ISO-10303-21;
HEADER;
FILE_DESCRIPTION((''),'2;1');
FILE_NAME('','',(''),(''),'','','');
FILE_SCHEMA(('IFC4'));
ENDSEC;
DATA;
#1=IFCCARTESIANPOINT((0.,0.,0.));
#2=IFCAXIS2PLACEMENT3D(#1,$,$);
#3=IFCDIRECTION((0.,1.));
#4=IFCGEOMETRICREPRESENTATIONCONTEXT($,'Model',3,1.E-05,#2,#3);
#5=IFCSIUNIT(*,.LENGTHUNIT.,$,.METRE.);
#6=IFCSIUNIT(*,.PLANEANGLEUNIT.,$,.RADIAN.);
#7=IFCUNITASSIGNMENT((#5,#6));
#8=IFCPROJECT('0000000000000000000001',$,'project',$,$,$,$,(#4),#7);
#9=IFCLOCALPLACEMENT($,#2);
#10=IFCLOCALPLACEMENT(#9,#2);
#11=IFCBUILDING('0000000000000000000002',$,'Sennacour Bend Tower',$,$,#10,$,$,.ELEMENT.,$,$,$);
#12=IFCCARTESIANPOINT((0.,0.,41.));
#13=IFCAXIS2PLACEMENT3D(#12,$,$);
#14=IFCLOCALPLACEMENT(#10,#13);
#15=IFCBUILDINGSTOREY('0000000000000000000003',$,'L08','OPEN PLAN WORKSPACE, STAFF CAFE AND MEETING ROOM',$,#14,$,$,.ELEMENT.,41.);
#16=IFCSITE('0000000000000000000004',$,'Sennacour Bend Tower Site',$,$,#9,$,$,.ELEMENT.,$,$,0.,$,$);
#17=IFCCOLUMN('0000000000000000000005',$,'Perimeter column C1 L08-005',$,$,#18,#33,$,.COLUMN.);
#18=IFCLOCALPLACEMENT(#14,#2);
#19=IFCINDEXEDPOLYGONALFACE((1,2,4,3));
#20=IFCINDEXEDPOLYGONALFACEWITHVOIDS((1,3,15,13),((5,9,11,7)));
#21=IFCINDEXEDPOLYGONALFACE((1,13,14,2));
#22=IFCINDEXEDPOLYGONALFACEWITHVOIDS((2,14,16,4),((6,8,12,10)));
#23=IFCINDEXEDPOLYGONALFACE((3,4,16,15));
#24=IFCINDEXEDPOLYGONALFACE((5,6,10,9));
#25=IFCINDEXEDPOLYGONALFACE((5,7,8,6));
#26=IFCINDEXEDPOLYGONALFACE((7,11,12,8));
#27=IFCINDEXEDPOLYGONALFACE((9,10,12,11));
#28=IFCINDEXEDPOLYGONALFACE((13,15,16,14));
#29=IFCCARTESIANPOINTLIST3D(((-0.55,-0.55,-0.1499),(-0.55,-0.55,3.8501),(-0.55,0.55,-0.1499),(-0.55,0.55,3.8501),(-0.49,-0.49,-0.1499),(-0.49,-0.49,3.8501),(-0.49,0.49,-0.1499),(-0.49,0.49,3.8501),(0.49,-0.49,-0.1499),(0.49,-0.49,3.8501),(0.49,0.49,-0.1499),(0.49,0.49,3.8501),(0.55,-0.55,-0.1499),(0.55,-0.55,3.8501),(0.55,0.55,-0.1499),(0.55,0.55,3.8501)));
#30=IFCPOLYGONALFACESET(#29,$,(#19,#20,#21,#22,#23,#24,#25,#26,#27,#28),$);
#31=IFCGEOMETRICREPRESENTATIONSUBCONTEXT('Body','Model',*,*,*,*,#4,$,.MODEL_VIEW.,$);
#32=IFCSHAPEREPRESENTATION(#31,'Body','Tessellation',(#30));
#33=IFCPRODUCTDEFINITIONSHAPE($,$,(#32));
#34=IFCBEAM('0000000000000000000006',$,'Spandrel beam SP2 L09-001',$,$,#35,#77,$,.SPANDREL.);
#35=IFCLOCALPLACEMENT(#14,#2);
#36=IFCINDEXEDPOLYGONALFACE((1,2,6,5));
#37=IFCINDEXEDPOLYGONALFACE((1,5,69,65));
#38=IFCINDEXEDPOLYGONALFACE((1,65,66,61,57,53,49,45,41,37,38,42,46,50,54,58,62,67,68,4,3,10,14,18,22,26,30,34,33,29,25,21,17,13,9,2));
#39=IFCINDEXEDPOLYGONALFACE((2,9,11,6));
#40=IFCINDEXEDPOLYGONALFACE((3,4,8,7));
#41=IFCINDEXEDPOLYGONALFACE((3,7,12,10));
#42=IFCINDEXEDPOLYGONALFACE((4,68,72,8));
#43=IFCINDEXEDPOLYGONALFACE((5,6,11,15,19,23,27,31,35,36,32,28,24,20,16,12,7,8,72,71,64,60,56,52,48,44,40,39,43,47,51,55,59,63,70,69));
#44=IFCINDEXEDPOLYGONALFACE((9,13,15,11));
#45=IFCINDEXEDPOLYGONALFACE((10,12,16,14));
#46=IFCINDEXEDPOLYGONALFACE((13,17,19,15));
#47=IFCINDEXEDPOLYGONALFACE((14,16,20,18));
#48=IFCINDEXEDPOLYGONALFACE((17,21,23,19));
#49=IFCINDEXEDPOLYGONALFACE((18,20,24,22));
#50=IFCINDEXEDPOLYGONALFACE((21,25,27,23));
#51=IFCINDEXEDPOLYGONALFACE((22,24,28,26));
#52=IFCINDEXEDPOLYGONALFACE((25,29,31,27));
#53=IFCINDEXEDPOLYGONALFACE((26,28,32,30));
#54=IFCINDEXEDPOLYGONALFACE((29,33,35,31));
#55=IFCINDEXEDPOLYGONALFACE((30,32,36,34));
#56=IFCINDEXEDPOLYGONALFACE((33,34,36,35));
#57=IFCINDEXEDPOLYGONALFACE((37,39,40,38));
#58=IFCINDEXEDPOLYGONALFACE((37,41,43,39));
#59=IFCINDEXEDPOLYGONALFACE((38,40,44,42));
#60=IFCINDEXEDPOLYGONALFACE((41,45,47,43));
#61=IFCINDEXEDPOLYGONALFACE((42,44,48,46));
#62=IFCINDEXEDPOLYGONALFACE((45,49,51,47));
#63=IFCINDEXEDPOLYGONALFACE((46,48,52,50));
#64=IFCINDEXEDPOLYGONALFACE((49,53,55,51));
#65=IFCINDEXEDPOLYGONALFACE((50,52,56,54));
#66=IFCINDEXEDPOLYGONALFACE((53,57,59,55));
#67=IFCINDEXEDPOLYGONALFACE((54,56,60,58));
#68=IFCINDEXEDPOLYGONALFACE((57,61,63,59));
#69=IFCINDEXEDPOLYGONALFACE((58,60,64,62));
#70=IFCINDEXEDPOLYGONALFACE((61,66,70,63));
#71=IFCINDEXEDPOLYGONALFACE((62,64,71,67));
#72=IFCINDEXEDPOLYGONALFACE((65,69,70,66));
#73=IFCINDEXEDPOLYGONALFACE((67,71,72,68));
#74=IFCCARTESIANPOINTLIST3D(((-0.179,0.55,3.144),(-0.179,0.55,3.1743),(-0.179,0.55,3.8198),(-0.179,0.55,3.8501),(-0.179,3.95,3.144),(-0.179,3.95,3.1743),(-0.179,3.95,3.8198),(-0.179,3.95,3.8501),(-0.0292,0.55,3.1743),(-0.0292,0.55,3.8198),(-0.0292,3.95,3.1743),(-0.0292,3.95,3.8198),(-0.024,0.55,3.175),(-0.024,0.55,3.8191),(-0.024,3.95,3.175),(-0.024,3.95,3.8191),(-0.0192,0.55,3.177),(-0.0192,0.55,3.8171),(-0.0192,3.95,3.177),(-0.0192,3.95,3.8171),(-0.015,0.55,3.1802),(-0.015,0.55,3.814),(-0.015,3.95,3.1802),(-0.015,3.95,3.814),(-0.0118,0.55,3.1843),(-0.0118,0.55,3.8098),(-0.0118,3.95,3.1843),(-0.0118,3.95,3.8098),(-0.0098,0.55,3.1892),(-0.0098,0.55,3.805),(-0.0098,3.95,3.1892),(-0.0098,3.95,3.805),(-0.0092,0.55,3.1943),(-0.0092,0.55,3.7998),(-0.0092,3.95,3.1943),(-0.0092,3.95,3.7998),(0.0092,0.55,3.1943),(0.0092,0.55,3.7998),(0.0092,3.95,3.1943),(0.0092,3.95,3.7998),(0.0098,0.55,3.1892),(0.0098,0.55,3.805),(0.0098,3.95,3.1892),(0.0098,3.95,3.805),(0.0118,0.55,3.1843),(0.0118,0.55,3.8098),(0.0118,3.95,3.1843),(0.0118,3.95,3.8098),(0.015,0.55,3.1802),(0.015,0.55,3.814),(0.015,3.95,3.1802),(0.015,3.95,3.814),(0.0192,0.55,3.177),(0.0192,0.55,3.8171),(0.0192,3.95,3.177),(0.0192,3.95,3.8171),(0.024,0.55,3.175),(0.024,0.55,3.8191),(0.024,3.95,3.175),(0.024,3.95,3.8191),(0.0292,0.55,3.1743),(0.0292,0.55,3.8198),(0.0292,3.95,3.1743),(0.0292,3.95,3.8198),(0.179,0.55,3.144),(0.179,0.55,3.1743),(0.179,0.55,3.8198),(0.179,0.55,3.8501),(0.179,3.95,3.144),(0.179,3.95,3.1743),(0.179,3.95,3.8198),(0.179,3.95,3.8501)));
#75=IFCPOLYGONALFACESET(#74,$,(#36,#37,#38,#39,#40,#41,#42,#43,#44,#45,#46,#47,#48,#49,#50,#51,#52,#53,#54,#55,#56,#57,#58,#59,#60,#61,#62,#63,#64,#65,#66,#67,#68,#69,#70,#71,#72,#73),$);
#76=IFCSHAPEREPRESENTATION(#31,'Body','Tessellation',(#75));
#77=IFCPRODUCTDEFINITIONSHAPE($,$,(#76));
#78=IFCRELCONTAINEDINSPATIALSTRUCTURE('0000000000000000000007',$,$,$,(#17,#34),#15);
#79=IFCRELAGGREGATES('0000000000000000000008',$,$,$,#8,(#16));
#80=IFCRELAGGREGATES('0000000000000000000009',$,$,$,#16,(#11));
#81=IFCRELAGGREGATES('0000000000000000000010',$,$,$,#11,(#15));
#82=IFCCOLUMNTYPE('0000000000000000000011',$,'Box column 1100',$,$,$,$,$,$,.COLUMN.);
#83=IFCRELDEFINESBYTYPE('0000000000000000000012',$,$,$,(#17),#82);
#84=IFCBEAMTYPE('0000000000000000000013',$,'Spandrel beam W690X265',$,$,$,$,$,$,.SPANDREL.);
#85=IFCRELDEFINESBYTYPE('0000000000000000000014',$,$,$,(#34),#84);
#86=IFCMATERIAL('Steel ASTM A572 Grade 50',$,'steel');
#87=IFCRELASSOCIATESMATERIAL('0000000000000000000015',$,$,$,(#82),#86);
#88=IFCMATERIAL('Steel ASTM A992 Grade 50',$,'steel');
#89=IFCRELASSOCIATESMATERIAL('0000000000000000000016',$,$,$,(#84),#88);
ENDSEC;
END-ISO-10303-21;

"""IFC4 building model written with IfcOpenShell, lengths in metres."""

from ifc_helpers import new_model, si_unit, direction, frame, origin, origin_2d, place, context, subcontext, project, spatial, hollow_rectangle, i_section, extrude, material, material_profile, profile_set, type_object, element, save


model = new_model("IFC4")

# Units and contexts
model_context = context("Model", 3, precision=1e-05, world=origin(), true_north=direction((0.0, 1.0)))
body_context = subcontext(model_context, "Body", "Model", "MODEL_VIEW")
ifc_project = project(units=[si_unit("LENGTHUNIT", "METRE"), si_unit("PLANEANGLEUNIT", "RADIAN")], contexts=[model_context])

# Site, building, storey
site_placement = place(None, origin())
site = spatial("IfcSite", under=ifc_project, at=site_placement, Name="Sennacour Bend Tower Site", CompositionType="ELEMENT", RefElevation=0.0)
building_placement = place(site_placement, origin())
building = spatial("IfcBuilding", under=site, at=building_placement, Name="Sennacour Bend Tower", CompositionType="ELEMENT")
storey_placement = place(building_placement, frame((0.0, 0.0, 41.0)))
storey = spatial("IfcBuildingStorey", under=building, at=storey_placement, Name="L08", Description="OPEN PLAN WORKSPACE, STAFF CAFE AND MEETING ROOM", CompositionType="ELEMENT", Elevation=41.0)

# Column
ifc_material_1 = material(Name="Steel ASTM A572 Grade 50", Category="steel")
ifc_material_profile_1 = material_profile(ifc_material_1, hollow_rectangle(XDim=1.1001, YDim=1.1001, WallThickness=0.0601, at=origin_2d()), Name="Steel ASTM A572 Grade 50", Category="steel")
ifc_profile_set_1 = profile_set([ifc_material_profile_1], Name="Steel ASTM A572 Grade 50")
column_type = type_object("IfcColumnType", Name="Box column 1100", PredefinedType="COLUMN", material=ifc_profile_set_1)
column_placement = place(storey_placement, frame((0.0, 0.0, -0.1499), z_axis=(0.0, 0.0, 1.0), x_axis=(1.0, 0.0, 0.0)))
element("IfcColumn", 1, at=column_placement, inside=storey, type_object=column_type, Name="Perimeter column C1 L08-005", PredefinedType="COLUMN", context=body_context, shape_type="SweptSolid", body=[
    extrude(hollow_rectangle(XDim=1.1001, YDim=1.1001, WallThickness=0.0601, at=origin_2d()), origin(), (0.0, 0.0, 1.0), 4.0),
])

# Beam
ifc_material_2 = material(Name="Steel ASTM A992 Grade 50", Category="steel")
ifc_material_profile_2 = material_profile(ifc_material_2, i_section(OverallWidth=0.3579, OverallDepth=0.7061, WebThickness=0.0183, FlangeThickness=0.0303, FilletRadius=0.02, at=origin_2d()), Name="Steel ASTM A992 Grade 50", Category="steel")
ifc_profile_set_2 = profile_set([ifc_material_profile_2], Name="Steel ASTM A992 Grade 50")
beam_type = type_object("IfcBeamType", Name="Spandrel beam W690X265", PredefinedType="SPANDREL", material=ifc_profile_set_2)
beam_placement = place(storey_placement, frame((0.0, 0.55, 3.4971), z_axis=(0.0, 1.0, 0.0), x_axis=(-1.0, 0.0, 0.0)))
element("IfcBeam", 2, at=beam_placement, inside=storey, type_object=beam_type, Name="Spandrel beam SP2 L09-001", PredefinedType="SPANDREL", context=body_context, shape_type="SweptSolid", body=[
    extrude(i_section(OverallWidth=0.3579, OverallDepth=0.7061, WebThickness=0.0183, FlangeThickness=0.0303, FilletRadius=0.02, at=origin_2d()), origin(), (0.0, 0.0, 1.0), 3.3999),
])

save(model, "model.ifc")
